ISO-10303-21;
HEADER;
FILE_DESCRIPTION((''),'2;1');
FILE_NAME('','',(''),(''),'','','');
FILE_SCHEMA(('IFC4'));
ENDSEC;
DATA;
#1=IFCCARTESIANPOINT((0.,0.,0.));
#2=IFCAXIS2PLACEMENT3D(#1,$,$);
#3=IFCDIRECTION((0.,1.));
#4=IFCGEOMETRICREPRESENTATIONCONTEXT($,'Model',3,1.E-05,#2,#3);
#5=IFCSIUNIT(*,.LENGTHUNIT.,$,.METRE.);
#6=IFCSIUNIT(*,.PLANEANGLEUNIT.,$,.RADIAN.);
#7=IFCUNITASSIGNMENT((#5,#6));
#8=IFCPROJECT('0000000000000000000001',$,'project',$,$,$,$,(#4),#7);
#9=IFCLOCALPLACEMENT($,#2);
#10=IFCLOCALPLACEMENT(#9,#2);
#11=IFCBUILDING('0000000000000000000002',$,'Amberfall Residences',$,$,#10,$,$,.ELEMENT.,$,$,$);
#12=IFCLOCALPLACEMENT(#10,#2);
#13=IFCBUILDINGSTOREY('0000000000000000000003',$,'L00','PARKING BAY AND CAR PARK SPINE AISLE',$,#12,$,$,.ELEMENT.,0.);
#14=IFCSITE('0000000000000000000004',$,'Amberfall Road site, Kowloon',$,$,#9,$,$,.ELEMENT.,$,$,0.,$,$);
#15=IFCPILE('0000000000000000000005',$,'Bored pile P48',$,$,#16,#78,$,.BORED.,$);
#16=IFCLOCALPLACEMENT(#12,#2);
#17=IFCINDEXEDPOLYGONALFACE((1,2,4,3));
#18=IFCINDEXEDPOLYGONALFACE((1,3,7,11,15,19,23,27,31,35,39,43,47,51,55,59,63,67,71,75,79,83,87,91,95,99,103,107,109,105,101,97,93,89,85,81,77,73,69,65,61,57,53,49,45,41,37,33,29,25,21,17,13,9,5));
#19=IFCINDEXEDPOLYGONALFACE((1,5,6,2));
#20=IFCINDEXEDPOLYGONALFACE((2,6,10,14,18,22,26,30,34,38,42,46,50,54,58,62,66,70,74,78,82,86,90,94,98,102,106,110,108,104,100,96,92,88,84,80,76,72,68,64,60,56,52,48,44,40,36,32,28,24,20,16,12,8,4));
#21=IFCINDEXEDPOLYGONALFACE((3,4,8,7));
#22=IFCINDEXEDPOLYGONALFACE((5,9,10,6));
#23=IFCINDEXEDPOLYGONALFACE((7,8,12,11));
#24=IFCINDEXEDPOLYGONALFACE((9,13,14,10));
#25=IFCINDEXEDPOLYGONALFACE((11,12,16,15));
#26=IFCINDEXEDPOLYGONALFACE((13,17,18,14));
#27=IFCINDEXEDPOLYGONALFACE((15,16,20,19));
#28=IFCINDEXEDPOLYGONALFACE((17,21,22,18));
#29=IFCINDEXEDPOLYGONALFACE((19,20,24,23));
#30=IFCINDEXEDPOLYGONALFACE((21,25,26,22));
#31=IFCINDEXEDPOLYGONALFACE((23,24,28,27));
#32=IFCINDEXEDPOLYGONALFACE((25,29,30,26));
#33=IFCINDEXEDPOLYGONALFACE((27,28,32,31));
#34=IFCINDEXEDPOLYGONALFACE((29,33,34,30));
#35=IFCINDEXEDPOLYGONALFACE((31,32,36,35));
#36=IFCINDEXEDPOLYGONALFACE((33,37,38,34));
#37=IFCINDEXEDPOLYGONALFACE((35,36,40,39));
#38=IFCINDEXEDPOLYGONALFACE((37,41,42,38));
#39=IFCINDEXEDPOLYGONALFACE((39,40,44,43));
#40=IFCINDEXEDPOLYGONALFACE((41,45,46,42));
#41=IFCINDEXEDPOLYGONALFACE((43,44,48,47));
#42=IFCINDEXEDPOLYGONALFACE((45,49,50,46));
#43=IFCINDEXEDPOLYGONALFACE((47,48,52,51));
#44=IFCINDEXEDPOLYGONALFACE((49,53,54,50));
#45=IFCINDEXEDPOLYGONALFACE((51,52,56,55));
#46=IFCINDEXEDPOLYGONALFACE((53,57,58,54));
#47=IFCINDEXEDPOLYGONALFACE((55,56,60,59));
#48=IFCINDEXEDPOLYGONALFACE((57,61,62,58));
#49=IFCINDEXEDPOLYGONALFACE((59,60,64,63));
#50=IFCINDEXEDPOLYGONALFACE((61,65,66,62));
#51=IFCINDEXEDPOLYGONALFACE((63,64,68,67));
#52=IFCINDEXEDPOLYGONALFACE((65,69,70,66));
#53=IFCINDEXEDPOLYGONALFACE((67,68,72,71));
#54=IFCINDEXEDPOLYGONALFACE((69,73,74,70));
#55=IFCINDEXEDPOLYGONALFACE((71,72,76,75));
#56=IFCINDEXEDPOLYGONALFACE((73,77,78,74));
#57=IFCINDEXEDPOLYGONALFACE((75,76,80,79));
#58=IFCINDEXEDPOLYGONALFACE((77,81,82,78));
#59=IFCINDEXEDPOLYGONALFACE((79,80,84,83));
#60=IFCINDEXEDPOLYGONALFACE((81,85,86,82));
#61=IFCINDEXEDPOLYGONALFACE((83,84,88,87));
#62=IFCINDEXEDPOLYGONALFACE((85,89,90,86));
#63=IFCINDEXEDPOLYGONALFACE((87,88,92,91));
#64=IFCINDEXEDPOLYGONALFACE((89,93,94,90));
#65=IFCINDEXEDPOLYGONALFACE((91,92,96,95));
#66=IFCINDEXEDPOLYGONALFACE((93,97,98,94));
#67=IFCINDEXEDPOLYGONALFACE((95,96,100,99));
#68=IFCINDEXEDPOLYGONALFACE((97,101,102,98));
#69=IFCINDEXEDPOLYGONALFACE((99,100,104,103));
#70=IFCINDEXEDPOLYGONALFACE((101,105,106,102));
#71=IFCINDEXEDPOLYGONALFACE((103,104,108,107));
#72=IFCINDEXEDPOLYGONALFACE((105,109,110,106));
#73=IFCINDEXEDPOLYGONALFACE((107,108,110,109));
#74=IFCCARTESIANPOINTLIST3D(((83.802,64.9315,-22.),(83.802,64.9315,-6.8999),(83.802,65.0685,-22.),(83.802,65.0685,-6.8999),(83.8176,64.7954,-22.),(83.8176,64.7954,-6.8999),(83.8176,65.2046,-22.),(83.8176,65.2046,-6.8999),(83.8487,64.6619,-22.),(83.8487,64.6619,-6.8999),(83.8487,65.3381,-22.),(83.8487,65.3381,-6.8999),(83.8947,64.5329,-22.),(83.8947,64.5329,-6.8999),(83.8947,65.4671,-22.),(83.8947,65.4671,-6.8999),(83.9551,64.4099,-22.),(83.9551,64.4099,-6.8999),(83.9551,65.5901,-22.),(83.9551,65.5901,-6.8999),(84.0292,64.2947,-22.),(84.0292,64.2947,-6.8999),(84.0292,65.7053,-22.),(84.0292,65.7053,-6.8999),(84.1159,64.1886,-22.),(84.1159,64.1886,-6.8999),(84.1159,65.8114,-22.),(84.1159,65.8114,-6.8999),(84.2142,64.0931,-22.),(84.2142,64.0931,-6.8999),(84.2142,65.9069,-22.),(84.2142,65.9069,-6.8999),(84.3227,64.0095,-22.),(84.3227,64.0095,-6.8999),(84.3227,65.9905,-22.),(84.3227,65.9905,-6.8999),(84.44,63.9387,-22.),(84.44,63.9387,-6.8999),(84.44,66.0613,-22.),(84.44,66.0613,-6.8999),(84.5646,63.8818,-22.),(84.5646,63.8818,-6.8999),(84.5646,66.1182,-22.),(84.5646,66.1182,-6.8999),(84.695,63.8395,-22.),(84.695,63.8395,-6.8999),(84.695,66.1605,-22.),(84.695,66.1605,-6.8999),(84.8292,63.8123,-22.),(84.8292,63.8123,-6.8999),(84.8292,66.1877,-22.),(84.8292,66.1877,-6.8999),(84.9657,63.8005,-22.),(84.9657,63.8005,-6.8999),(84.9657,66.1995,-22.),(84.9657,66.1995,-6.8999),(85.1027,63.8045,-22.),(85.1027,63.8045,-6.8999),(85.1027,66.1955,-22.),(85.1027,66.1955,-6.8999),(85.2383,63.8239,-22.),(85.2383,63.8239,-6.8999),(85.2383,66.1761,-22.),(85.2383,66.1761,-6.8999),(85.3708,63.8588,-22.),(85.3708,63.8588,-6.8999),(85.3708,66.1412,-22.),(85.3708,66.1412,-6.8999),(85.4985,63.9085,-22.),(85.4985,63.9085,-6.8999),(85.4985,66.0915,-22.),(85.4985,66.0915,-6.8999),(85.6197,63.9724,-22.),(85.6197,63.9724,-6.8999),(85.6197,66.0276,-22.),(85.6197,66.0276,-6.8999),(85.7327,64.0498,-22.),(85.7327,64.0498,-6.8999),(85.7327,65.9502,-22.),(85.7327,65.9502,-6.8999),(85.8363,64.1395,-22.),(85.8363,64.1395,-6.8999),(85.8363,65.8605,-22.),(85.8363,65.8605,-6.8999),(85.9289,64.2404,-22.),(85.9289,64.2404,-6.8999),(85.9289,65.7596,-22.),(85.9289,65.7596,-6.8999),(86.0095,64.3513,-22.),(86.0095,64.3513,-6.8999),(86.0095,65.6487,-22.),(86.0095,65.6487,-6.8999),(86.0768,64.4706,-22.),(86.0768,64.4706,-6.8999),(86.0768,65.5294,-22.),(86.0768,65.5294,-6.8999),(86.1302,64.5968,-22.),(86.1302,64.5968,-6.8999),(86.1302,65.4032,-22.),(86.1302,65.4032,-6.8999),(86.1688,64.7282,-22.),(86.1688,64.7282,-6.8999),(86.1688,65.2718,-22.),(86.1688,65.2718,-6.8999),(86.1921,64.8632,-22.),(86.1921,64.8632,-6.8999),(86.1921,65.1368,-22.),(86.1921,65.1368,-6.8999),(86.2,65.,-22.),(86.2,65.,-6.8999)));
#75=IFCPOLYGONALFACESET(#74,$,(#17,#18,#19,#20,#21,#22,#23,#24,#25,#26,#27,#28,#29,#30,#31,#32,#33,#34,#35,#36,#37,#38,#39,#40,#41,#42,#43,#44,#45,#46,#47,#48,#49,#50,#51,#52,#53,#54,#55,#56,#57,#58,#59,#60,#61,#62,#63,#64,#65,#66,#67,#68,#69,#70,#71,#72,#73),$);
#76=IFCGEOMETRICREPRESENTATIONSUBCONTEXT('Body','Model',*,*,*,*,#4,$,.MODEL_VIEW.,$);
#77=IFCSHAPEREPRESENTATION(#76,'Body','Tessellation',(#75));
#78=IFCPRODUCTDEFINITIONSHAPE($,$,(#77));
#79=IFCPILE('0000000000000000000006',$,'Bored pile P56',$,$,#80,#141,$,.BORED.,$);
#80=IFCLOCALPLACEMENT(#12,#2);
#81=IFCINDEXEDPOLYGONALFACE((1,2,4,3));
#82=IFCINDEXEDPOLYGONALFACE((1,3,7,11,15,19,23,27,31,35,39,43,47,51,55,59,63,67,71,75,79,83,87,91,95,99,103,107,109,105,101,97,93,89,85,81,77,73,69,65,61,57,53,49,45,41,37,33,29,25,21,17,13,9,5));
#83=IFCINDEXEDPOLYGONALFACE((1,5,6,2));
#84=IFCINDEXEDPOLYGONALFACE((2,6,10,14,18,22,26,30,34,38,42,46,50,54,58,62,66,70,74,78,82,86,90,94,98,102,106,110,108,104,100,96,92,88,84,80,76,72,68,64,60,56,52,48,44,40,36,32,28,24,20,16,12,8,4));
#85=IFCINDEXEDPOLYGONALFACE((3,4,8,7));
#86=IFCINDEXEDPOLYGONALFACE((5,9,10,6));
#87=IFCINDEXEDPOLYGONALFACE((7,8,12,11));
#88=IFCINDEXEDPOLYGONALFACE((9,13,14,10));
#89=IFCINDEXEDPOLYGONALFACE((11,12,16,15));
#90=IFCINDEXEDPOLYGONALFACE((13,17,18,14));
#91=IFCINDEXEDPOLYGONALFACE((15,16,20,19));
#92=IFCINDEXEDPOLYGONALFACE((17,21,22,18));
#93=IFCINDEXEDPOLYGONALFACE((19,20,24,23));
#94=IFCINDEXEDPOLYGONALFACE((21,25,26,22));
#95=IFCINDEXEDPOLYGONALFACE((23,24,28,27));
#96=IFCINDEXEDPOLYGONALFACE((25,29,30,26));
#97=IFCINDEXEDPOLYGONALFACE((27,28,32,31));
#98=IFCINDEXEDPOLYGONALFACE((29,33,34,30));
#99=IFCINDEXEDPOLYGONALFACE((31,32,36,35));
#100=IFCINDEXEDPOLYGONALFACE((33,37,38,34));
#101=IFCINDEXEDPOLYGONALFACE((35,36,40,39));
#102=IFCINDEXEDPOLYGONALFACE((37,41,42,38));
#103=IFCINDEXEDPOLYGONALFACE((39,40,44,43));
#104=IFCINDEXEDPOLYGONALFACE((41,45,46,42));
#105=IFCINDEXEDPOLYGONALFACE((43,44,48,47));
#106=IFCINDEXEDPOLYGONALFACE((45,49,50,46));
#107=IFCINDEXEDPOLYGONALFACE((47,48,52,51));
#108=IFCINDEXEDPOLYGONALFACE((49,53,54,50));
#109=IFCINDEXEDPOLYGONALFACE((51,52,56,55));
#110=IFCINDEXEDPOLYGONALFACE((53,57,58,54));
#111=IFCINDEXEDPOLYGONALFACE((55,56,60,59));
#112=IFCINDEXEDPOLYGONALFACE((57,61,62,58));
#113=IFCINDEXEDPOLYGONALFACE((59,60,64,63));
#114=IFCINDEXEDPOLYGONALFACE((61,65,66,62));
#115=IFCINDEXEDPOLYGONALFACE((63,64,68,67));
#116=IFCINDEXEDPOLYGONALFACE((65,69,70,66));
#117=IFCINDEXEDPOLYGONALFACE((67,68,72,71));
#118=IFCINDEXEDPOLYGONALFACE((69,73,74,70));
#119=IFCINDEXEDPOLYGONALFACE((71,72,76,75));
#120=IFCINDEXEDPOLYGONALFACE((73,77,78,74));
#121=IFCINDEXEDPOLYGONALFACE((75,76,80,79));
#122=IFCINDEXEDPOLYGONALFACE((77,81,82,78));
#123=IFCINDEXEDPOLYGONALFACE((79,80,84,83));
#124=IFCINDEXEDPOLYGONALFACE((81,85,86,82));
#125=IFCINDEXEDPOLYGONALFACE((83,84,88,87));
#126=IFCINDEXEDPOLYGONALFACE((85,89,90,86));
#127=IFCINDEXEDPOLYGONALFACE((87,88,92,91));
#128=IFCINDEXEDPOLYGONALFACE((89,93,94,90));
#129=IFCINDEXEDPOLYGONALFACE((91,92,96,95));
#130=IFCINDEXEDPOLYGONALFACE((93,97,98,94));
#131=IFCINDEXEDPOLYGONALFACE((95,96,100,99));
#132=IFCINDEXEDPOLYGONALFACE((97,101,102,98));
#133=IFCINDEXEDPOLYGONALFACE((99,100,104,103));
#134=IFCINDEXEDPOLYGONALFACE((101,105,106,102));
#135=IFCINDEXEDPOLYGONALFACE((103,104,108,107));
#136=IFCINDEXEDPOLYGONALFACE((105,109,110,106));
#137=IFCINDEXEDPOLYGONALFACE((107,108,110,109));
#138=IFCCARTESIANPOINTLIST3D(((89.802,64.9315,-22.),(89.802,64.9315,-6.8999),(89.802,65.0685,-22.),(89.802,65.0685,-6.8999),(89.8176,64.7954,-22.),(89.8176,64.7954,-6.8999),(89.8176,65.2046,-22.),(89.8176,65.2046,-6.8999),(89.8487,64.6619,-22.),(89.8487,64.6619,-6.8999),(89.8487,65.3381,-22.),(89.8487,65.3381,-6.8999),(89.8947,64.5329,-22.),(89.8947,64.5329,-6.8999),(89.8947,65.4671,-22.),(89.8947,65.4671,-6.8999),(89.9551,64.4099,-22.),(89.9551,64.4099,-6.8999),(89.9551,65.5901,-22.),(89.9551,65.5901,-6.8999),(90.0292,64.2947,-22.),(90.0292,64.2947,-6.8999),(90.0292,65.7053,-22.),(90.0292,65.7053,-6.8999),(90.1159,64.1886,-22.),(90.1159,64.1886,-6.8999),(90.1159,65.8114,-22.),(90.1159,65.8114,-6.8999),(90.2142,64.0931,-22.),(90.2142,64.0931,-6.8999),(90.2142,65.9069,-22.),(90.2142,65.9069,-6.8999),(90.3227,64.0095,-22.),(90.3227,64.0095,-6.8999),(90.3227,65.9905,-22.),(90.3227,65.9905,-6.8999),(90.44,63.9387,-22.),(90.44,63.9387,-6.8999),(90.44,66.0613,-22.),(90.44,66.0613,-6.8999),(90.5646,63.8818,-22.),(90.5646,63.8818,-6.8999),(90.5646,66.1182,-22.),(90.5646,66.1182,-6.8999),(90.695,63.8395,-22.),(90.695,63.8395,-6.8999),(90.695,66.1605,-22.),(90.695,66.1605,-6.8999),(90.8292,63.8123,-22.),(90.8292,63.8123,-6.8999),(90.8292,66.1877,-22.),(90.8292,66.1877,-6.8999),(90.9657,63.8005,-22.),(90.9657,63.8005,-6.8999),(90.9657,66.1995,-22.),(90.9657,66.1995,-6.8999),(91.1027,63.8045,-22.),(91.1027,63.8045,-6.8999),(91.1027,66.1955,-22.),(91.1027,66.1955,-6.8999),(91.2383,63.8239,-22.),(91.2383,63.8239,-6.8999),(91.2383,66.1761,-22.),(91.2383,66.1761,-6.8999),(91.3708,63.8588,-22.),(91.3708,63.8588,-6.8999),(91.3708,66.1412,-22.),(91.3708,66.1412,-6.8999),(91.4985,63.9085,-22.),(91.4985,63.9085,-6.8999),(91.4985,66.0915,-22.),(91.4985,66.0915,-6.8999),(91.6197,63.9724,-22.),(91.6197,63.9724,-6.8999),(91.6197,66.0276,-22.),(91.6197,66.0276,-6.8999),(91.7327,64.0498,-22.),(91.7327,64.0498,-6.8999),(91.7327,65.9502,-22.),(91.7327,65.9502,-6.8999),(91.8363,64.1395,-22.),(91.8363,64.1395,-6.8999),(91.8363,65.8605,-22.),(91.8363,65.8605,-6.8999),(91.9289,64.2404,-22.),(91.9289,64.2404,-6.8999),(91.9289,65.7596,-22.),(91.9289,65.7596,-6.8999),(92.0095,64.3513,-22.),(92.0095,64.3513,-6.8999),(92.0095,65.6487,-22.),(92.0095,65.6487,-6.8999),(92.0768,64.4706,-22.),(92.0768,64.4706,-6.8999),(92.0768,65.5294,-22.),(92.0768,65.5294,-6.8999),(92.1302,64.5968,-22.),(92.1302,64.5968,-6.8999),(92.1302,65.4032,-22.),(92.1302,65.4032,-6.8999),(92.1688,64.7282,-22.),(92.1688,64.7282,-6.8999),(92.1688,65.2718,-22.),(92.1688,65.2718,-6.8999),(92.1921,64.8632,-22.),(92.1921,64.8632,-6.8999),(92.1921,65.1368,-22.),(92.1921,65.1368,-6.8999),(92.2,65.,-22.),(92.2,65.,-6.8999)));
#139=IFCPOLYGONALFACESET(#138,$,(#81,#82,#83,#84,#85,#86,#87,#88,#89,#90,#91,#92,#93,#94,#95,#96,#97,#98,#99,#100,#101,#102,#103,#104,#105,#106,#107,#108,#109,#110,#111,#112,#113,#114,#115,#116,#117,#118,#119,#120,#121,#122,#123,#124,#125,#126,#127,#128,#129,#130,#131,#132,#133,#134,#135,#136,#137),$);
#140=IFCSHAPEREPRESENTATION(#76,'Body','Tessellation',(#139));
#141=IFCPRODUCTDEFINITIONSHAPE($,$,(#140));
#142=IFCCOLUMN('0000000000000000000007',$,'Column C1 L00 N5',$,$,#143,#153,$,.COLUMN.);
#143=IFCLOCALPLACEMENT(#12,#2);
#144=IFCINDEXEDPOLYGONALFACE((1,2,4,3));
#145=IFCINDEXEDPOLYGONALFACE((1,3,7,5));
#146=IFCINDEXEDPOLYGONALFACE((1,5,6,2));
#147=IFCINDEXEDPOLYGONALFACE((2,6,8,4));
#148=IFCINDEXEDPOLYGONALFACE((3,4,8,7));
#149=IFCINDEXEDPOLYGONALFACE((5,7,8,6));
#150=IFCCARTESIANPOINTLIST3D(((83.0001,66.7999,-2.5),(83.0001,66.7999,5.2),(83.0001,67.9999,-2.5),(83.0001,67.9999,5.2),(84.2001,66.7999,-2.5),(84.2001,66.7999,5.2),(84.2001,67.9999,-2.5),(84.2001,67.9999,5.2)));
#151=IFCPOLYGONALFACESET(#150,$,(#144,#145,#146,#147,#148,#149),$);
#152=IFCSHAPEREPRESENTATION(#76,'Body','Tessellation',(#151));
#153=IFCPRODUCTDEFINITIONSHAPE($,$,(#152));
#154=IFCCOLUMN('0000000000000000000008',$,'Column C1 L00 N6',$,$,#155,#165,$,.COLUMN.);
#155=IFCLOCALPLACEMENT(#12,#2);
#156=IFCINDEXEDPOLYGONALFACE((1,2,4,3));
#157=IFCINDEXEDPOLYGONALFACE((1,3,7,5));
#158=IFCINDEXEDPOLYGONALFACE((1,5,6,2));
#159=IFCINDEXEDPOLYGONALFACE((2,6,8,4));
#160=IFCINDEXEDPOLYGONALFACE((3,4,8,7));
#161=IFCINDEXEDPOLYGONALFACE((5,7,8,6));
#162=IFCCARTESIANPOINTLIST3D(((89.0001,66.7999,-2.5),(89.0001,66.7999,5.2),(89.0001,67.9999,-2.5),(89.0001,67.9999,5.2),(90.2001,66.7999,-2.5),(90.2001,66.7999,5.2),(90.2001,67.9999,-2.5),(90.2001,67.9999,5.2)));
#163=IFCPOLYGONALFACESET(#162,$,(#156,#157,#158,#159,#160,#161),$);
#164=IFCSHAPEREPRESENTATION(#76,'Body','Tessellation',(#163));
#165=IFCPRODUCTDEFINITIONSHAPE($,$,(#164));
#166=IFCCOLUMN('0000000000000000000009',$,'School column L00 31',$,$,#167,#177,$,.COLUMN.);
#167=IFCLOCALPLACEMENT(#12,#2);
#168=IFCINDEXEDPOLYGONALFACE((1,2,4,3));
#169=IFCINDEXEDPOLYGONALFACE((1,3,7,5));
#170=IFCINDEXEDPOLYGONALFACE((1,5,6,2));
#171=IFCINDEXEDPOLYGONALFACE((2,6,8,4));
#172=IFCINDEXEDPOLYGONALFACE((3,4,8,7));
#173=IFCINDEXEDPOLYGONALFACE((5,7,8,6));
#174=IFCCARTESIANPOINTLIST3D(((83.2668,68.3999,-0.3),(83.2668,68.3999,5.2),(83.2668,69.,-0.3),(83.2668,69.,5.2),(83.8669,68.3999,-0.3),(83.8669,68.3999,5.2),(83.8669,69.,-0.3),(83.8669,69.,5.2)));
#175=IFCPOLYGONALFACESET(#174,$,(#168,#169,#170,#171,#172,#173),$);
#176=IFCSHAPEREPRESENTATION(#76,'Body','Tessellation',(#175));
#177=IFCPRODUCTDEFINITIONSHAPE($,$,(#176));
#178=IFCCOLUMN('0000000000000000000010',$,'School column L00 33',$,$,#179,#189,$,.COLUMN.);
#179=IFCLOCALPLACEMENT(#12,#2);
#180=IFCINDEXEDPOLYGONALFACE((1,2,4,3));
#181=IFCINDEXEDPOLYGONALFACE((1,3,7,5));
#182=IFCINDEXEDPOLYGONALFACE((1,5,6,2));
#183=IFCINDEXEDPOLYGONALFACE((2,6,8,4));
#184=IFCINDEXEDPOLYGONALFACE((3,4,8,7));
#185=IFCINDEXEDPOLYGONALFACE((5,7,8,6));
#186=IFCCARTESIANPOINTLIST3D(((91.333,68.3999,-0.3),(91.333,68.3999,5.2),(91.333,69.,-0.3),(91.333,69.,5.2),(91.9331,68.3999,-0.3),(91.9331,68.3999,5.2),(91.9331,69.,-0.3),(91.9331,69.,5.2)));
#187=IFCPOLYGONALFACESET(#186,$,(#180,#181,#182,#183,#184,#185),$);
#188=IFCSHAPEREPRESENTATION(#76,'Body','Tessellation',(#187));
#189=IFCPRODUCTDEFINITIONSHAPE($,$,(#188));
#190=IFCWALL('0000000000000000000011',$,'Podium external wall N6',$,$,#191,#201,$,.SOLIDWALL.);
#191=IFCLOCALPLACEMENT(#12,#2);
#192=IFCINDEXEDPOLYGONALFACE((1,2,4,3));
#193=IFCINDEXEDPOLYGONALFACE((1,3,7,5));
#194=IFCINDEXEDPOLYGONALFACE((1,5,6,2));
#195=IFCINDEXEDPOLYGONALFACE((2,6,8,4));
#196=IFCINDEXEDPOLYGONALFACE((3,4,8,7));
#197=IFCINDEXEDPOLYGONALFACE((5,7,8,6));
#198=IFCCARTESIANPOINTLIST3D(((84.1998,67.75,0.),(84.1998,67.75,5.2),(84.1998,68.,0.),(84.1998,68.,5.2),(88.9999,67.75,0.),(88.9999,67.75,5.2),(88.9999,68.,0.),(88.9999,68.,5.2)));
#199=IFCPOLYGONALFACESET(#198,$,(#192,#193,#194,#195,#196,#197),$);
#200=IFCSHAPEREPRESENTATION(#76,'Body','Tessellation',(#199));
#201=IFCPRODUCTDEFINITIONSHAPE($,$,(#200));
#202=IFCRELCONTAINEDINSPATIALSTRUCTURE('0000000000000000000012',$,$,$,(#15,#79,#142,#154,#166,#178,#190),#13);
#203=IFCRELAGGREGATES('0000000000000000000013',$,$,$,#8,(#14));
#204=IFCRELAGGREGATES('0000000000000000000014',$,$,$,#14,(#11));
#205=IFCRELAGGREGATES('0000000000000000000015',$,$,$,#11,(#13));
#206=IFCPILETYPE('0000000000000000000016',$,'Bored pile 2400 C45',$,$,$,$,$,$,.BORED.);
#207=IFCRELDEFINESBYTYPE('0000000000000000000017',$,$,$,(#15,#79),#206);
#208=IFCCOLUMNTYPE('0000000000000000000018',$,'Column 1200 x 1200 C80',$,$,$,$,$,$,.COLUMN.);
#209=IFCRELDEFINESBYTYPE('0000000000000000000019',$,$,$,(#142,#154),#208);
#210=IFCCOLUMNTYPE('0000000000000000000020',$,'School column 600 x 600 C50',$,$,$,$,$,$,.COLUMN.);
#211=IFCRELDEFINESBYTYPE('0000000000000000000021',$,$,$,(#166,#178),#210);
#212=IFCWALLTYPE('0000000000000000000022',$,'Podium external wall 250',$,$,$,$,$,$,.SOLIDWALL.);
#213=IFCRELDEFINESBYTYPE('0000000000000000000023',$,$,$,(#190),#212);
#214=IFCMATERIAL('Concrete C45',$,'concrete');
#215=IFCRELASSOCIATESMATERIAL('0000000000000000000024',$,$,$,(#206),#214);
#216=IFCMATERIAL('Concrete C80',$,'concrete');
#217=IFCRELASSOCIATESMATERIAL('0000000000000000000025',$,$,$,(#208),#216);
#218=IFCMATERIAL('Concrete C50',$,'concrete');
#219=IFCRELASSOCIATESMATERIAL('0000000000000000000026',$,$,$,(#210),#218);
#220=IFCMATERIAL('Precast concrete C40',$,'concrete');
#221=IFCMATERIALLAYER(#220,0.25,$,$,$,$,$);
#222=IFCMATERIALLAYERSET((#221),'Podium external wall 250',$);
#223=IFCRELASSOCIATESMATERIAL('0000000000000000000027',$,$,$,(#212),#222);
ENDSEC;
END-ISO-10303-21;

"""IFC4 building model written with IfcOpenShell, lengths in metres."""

from ifc_helpers import new_model, si_unit, direction, frame, frame_2d, origin, origin_2d, place, context, subcontext, project, spatial, rectangle, circle, extrude, material, layer, layer_set, material_profile, profile_set, type_object, element, save


model = new_model("IFC4")

# Units and contexts
model_context = context("Model", 3, precision=1e-05, world=origin(), true_north=direction((0.0, 1.0)))
body_context = subcontext(model_context, "Body", "Model", "MODEL_VIEW")
ifc_project = project(units=[si_unit("LENGTHUNIT", "METRE"), si_unit("PLANEANGLEUNIT", "RADIAN")], contexts=[model_context])

# Site, building, storey
site_placement = place(None, origin())
site = spatial("IfcSite", under=ifc_project, at=site_placement, Name="Amberfall Road site, Kowloon", CompositionType="ELEMENT", RefElevation=0.0)
building_placement = place(site_placement, origin())
building = spatial("IfcBuilding", under=site, at=building_placement, Name="Amberfall Residences", CompositionType="ELEMENT")
storey_placement = place(building_placement, origin())
storey = spatial("IfcBuildingStorey", under=building, at=storey_placement, Name="L00", Description="PARKING BAY AND CAR PARK SPINE AISLE", CompositionType="ELEMENT", Elevation=0.0)

# Piles
ifc_material_1 = material(Name="Concrete C45", Category="concrete")
ifc_material_profile_1 = material_profile(ifc_material_1, circle(Radius=1.2, at=origin_2d()), Name="Bored pile 2400 C45")
ifc_profile_set_1 = profile_set([ifc_material_profile_1], Name="Concrete C45")
pile_type = type_object("IfcPileType", Name="Bored pile 2400 C45", PredefinedType="BORED", material=ifc_profile_set_1)
for number, where, z_axis, x_axis, name in (
    (1, (85.0, 65.0, -6.8999), (0.0, 0.0, -1.0), (1.0, 0.0, 0.0), "Bored pile P48"),
    (2, (91.0, 65.0, -6.8999), (0.0, 0.0, -1.0), (1.0, 0.0, 0.0), "Bored pile P56"),
):
    element("IfcPile", number, at=place(storey_placement, frame(where, z_axis=z_axis, x_axis=x_axis)), inside=storey, type_object=pile_type, Name=name, PredefinedType="BORED", context=body_context, shape_type="SweptSolid", body=[
        extrude(circle(Radius=1.2, at=origin_2d()), origin(), (0.0, 0.0, 1.0), 15.1001),
    ])

# Columns
ifc_material_2 = material(Name="Concrete C80", Category="concrete")
ifc_material_profile_2 = material_profile(ifc_material_2, rectangle(XDim=1.2, YDim=1.2, at=origin_2d()), Name="Column 1200 x 1200 C80")
ifc_profile_set_2 = profile_set([ifc_material_profile_2], Name="Concrete C80")
column_type_1 = type_object("IfcColumnType", Name="Column 1200 x 1200 C80", PredefinedType="COLUMN", material=ifc_profile_set_2)
for number, where, z_axis, x_axis, name in (
    (3, (83.6001, 67.3999, -2.5), (0.0, 0.0, 1.0), (1.0, 0.0, 0.0), "Column C1 L00 N5"),
    (4, (89.6001, 67.3999, -2.5), (0.0, 0.0, 1.0), (1.0, 0.0, 0.0), "Column C1 L00 N6"),
):
    element("IfcColumn", number, at=place(storey_placement, frame(where, z_axis=z_axis, x_axis=x_axis)), inside=storey, type_object=column_type_1, Name=name, PredefinedType="COLUMN", context=body_context, shape_type="SweptSolid", body=[
        extrude(rectangle(XDim=1.2, YDim=1.2, at=origin_2d()), origin(), (0.0, 0.0, 1.0), 7.7),
    ])
ifc_material_3 = material(Name="Concrete C50", Category="concrete")
ifc_material_profile_3 = material_profile(ifc_material_3, rectangle(XDim=0.6001, YDim=0.6001, at=origin_2d()), Name="School column 600 x 600 C50")
ifc_profile_set_3 = profile_set([ifc_material_profile_3], Name="Concrete C50")
column_type_2 = type_object("IfcColumnType", Name="School column 600 x 600 C50", PredefinedType="COLUMN", material=ifc_profile_set_3)
for number, where, z_axis, x_axis, name in (
    (5, (83.5669, 68.7, -0.3), (0.0, 0.0, 1.0), (1.0, 0.0, 0.0), "School column L00 31"),
    (6, (91.6331, 68.7, -0.3), (0.0, 0.0, 1.0), (1.0, 0.0, 0.0), "School column L00 33"),
):
    element("IfcColumn", number, at=place(storey_placement, frame(where, z_axis=z_axis, x_axis=x_axis)), inside=storey, type_object=column_type_2, Name=name, PredefinedType="COLUMN", context=body_context, shape_type="SweptSolid", body=[
        extrude(rectangle(XDim=0.6001, YDim=0.6001, at=origin_2d()), origin(), (0.0, 0.0, 1.0), 5.5),
    ])

# Wall
ifc_material_4 = material(Name="Precast concrete C40", Category="concrete")
ifc_layer_1 = layer(ifc_material_4, 0.25)
ifc_layer_set_1 = layer_set([ifc_layer_1], Name="Podium external wall 250")
wall_type_1 = type_object("IfcWallType", Name="Podium external wall 250", PredefinedType="SOLIDWALL", material=ifc_layer_set_1)
wall_1_placement = place(storey_placement, frame((84.2, 67.875, 0.0), z_axis=(0.0, 0.0, 1.0), x_axis=(1.0, 0.0, 0.0)))
element("IfcWall", 7, at=wall_1_placement, inside=storey, type_object=wall_type_1, Name="Podium external wall N6", PredefinedType="SOLIDWALL", context=body_context, shape_type="SweptSolid", body=[
    extrude(rectangle(XDim=4.8, YDim=0.25, at=frame_2d((2.3999, 0.0))), origin(), (0.0, 0.0, 1.0), 5.2),
])

save(model, "model.ifc")
